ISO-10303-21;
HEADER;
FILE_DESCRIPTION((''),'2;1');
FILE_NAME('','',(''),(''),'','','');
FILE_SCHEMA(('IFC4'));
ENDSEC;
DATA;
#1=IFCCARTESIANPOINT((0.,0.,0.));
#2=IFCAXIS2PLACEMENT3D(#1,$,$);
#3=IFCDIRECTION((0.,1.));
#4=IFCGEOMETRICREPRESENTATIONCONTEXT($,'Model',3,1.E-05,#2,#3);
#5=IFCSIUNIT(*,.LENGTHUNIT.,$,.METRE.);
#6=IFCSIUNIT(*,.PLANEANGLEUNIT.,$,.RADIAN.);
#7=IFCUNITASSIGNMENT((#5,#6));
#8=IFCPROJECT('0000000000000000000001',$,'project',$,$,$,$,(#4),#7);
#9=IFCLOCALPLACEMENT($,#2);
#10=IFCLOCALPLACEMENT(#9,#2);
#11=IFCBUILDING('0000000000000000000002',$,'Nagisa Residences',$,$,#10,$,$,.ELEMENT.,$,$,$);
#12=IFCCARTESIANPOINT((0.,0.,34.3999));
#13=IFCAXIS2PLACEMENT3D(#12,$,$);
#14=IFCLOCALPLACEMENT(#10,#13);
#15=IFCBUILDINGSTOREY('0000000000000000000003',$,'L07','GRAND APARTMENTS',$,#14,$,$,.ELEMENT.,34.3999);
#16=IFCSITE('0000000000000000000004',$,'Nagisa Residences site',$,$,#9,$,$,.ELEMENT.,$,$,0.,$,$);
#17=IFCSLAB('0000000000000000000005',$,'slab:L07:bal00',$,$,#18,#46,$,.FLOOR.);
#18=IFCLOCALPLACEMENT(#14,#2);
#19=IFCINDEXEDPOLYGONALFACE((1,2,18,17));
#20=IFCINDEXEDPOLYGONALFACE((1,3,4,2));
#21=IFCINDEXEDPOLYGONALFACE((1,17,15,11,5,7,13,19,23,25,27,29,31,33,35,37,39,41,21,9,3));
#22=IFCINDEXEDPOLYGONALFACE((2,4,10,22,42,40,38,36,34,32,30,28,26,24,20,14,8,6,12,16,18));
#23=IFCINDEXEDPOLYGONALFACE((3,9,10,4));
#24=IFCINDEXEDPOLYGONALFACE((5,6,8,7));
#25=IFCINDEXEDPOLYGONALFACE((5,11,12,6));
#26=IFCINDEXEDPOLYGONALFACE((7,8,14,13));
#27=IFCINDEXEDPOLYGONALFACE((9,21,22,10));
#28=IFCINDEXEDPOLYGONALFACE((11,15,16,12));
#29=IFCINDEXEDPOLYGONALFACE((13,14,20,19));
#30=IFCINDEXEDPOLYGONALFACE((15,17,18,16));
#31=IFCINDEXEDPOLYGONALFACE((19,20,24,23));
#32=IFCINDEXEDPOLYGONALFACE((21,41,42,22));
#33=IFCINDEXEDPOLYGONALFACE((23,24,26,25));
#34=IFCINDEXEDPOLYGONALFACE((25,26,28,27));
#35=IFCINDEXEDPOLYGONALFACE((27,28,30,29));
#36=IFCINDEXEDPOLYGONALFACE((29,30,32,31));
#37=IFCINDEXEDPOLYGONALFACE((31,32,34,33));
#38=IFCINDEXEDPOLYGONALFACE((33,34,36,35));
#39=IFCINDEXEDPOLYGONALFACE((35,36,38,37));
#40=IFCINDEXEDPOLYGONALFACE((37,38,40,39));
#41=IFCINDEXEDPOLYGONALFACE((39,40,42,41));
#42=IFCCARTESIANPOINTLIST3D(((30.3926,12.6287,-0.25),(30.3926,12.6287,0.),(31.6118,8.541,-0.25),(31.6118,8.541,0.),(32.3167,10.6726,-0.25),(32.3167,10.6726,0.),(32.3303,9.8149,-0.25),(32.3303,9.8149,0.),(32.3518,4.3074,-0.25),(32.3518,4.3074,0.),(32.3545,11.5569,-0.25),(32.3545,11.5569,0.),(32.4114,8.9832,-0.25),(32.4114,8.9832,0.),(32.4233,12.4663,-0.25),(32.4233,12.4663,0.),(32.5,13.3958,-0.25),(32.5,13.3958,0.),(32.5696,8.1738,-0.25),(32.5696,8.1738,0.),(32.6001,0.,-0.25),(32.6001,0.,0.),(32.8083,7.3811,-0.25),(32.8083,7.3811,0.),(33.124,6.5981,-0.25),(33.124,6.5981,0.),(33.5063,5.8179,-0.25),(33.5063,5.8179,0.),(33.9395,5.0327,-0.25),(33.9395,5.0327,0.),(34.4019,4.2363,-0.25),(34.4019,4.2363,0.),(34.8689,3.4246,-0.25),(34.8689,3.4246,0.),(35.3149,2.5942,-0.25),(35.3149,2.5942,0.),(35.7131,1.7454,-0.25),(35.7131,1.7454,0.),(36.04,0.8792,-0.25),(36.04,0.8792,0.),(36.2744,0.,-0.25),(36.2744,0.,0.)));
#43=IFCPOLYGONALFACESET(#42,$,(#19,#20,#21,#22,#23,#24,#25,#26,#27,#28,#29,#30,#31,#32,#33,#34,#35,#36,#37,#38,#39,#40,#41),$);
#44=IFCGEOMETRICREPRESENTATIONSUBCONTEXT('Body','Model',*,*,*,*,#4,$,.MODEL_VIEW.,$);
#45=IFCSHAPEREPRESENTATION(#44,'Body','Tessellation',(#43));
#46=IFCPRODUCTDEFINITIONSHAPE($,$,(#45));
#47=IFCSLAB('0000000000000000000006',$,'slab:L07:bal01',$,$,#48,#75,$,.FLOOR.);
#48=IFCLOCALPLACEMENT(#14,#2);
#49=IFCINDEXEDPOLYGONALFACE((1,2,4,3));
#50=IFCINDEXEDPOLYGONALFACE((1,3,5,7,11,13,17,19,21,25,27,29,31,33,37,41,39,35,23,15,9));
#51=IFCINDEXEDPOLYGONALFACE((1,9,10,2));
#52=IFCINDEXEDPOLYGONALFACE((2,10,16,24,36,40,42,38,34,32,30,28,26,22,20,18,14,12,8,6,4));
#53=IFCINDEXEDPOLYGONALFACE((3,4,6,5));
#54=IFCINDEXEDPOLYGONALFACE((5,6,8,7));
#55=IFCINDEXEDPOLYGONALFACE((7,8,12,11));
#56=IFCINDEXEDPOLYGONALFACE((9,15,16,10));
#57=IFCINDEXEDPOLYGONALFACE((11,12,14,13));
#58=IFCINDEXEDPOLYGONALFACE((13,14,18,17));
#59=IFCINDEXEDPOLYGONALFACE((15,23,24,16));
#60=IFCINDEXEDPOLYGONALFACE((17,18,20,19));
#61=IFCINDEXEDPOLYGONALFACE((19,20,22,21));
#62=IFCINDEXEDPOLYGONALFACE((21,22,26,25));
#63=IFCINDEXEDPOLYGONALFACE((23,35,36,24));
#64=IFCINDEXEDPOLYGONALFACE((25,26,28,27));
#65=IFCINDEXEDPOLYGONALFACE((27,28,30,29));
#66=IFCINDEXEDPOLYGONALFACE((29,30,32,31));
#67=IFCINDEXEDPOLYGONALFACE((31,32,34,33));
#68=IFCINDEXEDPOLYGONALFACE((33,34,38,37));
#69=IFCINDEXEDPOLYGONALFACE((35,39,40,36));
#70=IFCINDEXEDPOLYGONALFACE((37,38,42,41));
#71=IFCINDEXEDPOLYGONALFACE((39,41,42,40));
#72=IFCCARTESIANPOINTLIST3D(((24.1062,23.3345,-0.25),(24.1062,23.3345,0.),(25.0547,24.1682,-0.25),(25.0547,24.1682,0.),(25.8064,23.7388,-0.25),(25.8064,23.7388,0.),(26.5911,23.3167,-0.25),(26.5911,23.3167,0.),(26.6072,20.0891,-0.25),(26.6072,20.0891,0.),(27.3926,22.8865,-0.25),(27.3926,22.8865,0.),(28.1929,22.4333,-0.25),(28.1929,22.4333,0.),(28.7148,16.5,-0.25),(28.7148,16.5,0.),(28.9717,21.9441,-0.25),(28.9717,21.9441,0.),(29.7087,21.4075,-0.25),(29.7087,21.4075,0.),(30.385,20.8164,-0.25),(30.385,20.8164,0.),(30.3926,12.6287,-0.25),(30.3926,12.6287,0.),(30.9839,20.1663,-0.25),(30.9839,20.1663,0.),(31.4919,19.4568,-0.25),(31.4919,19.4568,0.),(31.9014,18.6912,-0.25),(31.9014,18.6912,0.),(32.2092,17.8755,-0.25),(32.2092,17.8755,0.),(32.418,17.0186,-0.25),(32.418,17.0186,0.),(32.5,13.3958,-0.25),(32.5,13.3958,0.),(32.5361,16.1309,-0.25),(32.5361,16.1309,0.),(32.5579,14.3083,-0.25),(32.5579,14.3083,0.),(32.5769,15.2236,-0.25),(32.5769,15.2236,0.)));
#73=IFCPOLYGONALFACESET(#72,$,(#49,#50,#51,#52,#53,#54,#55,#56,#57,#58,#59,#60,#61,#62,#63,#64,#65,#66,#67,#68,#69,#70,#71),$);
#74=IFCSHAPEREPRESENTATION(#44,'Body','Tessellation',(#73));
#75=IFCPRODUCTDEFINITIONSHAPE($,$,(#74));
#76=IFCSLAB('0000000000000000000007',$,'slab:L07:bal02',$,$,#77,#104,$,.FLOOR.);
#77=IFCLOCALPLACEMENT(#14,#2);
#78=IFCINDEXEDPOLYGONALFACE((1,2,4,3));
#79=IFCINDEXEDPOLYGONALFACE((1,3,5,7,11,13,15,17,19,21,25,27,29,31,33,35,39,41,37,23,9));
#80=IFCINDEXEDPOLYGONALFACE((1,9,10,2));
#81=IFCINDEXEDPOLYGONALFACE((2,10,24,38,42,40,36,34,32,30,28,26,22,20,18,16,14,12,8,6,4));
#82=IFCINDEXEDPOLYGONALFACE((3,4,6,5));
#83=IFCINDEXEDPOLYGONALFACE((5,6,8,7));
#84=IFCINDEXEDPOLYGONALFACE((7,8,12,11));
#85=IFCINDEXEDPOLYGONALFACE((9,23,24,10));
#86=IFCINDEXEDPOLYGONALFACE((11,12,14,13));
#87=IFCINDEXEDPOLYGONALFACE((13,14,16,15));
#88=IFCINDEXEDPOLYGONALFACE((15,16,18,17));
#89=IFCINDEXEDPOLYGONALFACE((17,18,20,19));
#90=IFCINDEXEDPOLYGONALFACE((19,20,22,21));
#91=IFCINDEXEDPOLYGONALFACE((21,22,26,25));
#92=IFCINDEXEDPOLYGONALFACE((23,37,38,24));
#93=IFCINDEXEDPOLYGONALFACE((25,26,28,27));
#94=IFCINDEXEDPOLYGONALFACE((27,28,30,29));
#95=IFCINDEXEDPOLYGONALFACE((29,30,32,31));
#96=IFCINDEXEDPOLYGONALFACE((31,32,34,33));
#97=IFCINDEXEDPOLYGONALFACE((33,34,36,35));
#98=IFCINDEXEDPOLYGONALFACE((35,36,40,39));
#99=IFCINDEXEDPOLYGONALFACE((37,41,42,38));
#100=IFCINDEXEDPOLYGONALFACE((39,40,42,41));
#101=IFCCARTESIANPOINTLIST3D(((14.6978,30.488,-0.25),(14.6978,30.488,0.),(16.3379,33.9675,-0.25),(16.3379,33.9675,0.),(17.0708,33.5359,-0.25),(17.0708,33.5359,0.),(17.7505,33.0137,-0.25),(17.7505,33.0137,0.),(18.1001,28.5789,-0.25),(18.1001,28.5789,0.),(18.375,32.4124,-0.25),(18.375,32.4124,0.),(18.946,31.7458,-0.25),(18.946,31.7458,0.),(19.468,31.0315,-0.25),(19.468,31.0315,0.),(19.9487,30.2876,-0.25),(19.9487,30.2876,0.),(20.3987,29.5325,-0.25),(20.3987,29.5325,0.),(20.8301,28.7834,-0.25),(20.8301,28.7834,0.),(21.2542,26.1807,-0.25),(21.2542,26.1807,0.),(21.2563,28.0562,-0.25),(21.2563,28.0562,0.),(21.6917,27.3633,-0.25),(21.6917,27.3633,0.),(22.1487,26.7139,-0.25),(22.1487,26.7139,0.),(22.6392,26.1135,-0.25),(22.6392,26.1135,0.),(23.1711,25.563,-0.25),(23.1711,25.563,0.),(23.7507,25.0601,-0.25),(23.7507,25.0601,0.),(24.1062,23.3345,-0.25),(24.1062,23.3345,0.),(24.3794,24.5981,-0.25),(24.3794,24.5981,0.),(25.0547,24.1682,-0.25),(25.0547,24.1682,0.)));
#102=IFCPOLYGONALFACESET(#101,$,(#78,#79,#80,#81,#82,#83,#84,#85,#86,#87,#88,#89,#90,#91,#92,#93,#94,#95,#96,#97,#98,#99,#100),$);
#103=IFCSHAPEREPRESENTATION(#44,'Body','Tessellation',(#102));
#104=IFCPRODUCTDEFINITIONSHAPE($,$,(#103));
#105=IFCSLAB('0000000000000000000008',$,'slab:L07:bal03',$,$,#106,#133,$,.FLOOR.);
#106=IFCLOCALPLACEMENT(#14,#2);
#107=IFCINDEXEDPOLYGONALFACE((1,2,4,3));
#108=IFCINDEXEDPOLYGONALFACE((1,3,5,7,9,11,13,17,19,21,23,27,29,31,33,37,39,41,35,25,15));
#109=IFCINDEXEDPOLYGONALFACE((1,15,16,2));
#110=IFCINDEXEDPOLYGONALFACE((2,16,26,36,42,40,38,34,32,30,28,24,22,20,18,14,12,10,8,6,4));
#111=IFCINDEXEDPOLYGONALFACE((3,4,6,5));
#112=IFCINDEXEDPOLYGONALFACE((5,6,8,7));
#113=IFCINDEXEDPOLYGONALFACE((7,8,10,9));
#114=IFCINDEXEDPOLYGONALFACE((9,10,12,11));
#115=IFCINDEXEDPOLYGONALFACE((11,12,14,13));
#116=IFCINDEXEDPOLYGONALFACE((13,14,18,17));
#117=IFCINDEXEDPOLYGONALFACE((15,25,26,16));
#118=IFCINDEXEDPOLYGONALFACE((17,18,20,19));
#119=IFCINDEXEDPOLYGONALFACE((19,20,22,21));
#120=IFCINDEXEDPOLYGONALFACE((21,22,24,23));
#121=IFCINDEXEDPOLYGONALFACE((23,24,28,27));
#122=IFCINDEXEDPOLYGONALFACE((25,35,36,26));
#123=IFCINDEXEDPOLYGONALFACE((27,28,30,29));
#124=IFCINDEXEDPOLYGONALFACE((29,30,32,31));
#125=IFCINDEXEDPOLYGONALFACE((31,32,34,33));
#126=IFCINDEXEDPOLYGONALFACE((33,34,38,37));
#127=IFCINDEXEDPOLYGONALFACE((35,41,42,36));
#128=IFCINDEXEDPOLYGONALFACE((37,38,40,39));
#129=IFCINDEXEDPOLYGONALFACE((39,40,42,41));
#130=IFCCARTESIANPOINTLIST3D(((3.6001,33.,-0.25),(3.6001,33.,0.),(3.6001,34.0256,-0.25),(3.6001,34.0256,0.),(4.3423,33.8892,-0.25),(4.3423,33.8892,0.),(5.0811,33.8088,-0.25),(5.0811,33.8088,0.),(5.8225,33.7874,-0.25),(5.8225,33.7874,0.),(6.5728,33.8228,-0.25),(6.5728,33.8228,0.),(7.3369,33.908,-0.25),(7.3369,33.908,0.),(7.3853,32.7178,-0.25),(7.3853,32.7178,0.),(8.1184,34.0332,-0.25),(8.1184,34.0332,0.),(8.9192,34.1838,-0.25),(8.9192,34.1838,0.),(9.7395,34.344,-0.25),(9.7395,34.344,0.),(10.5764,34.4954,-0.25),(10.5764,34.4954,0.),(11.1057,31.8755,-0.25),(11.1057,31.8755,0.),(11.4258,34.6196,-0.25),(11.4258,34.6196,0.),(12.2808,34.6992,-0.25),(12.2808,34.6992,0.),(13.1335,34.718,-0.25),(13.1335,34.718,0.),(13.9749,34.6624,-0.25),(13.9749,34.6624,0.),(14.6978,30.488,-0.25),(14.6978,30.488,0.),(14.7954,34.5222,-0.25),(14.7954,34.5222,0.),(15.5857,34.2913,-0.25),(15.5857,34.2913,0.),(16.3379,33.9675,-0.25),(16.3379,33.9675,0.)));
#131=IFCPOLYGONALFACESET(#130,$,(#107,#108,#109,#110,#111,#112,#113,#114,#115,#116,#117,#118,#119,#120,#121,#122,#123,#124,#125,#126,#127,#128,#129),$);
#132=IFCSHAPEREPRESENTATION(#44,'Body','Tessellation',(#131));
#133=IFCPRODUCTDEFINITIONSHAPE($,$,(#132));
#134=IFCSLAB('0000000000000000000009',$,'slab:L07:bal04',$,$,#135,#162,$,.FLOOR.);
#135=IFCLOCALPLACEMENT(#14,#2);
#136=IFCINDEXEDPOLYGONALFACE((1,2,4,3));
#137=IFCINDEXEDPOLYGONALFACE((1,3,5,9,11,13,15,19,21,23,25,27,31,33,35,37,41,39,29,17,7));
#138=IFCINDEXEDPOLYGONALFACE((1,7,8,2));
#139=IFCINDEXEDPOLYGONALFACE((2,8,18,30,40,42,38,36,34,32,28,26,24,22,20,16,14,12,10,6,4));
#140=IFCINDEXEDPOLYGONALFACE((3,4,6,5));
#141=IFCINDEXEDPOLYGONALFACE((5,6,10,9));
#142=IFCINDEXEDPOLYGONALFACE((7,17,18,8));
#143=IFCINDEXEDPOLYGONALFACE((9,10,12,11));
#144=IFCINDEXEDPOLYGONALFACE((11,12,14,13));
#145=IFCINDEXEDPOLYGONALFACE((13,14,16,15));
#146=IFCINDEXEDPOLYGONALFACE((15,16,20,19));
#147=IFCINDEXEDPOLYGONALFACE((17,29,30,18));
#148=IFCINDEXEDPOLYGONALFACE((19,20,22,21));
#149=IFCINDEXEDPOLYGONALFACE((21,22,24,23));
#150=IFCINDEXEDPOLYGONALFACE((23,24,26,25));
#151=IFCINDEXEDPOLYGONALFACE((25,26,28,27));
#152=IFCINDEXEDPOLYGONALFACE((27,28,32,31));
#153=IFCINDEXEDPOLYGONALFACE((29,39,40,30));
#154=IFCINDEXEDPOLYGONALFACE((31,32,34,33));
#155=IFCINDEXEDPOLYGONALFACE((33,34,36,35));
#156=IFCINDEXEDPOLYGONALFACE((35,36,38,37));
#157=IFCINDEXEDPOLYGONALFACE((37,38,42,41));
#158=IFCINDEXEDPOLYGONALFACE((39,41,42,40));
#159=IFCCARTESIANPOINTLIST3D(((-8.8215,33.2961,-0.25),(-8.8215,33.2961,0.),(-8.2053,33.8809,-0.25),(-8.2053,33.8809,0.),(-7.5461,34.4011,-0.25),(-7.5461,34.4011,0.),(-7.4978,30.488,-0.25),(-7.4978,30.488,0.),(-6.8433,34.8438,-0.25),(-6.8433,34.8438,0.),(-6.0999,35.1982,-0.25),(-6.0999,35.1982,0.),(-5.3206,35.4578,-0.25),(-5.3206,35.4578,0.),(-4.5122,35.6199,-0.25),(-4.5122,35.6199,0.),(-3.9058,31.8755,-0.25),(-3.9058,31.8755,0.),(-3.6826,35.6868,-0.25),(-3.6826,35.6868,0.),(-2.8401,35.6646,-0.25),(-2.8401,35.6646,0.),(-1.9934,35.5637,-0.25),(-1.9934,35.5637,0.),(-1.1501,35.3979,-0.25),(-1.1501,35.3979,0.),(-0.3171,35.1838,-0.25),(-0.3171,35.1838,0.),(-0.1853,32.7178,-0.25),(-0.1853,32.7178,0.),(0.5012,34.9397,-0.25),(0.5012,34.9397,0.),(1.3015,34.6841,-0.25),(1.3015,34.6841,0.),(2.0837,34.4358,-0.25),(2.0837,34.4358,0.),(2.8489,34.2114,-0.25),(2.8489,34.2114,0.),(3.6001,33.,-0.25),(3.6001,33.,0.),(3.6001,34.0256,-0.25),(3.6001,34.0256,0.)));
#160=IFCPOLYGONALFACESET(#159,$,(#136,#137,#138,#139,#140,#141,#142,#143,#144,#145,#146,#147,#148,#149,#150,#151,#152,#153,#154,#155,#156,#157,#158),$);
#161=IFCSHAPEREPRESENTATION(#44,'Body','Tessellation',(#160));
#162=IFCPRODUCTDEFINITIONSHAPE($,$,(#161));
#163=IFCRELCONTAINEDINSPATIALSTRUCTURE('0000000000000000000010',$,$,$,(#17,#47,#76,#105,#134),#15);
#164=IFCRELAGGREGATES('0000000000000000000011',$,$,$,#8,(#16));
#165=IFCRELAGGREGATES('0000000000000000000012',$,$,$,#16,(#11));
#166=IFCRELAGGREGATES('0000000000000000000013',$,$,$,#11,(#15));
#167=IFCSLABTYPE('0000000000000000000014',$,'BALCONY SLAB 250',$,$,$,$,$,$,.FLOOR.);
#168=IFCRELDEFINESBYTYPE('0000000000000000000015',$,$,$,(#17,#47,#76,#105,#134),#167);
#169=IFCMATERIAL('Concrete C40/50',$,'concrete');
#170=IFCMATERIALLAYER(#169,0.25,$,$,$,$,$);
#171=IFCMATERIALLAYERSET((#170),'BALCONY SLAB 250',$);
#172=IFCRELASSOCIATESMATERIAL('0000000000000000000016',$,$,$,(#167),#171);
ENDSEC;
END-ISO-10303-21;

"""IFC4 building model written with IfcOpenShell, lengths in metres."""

from ifc_helpers import new_model, si_unit, direction, frame, origin, place, context, subcontext, project, spatial, polyline, outline, extrude, material, layer, layer_set, type_object, element, save


model = new_model("IFC4")

# Units and contexts
model_context = context("Model", 3, precision=1e-05, world=origin(), true_north=direction((0.0, 1.0)))
body_context = subcontext(model_context, "Body", "Model", "MODEL_VIEW")
ifc_project = project(units=[si_unit("LENGTHUNIT", "METRE"), si_unit("PLANEANGLEUNIT", "RADIAN")], contexts=[model_context])

# Site, building, storey
site_placement = place(None, origin())
site = spatial("IfcSite", under=ifc_project, at=site_placement, Name="Nagisa Residences site", CompositionType="ELEMENT", RefElevation=0.0)
building_placement = place(site_placement, origin())
building = spatial("IfcBuilding", under=site, at=building_placement, Name="Nagisa Residences", CompositionType="ELEMENT")
storey_placement = place(building_placement, frame((0.0, 0.0, 34.3999)))
storey = spatial("IfcBuildingStorey", under=building, at=storey_placement, Name="L07", Description="GRAND APARTMENTS", CompositionType="ELEMENT", Elevation=34.3999)

# Slabs
ifc_material_1 = material(Name="Concrete C40/50", Category="concrete")
ifc_layer_1 = layer(ifc_material_1, 0.25)
ifc_layer_set_1 = layer_set([ifc_layer_1], Name="BALCONY SLAB 250")
slab_type_1 = type_object("IfcSlabType", Name="BALCONY SLAB 250", PredefinedType="FLOOR", material=ifc_layer_set_1)
slab_1_placement = place(storey_placement, frame((0.0, 0.0, -0.25)))
element("IfcSlab", 1, at=slab_1_placement, inside=storey, type_object=slab_type_1, Name="slab:L07:bal00", PredefinedType="FLOOR", context=body_context, shape_type="SweptSolid", body=[
    extrude(outline(polyline([(36.2744, 0.0), (36.04, 0.8792), (35.7131, 1.7454), (35.3149, 2.5942), (34.8689, 3.4246), (34.4019, 4.2363), (33.9395, 5.0327), (33.5063, 5.8179), (33.124, 6.5981), (32.8083, 7.3811), (32.5696, 8.1738), (32.4114, 8.9832), (32.3303, 9.8149), (32.3167, 10.6726), (32.3545, 11.5569), (32.4233, 12.4663), (32.5, 13.3958), (30.3926, 12.6287), (31.6118, 8.541), (32.3518, 4.3074), (32.6001, 0.0), (36.2744, 0.0)])), origin(), (0.0, 0.0, 1.0), 0.25),
])
slab_2_placement = place(storey_placement, frame((0.0, 0.0, -0.25)))
element("IfcSlab", 2, at=slab_2_placement, inside=storey, type_object=slab_type_1, Name="slab:L07:bal01", PredefinedType="FLOOR", context=body_context, shape_type="SweptSolid", body=[
    extrude(outline(polyline([(32.5, 13.3958), (32.5579, 14.3083), (32.5769, 15.2236), (32.5361, 16.1309), (32.418, 17.0186), (32.2092, 17.8755), (31.9014, 18.6912), (31.4919, 19.4568), (30.9839, 20.1663), (30.385, 20.8164), (29.7087, 21.4075), (28.9717, 21.9441), (28.1929, 22.4333), (27.3926, 22.8865), (26.5911, 23.3167), (25.8064, 23.7388), (25.0547, 24.1682), (24.1062, 23.3345), (26.6072, 20.0891), (28.7148, 16.5), (30.3926, 12.6287), (32.5, 13.3958)])), origin(), (0.0, 0.0, 1.0), 0.25),
])
slab_3_placement = place(storey_placement, frame((0.0, 0.0, -0.25)))
element("IfcSlab", 3, at=slab_3_placement, inside=storey, type_object=slab_type_1, Name="slab:L07:bal02", PredefinedType="FLOOR", context=body_context, shape_type="SweptSolid", body=[
    extrude(outline(polyline([(25.0547, 24.1682), (24.3794, 24.5981), (23.7507, 25.0601), (23.1711, 25.563), (22.6392, 26.1135), (22.1487, 26.7139), (21.6917, 27.3633), (21.2563, 28.0562), (20.8301, 28.7834), (20.3987, 29.5325), (19.9487, 30.2876), (19.468, 31.0315), (18.946, 31.7458), (18.375, 32.4124), (17.7505, 33.0137), (17.0708, 33.5359), (16.3379, 33.9675), (14.6978, 30.488), (18.1001, 28.5789), (21.2542, 26.1807), (24.1062, 23.3345), (25.0547, 24.1682)])), origin(), (0.0, 0.0, 1.0), 0.25),
])
slab_4_placement = place(storey_placement, frame((0.0, 0.0, -0.25)))
element("IfcSlab", 4, at=slab_4_placement, inside=storey, type_object=slab_type_1, Name="slab:L07:bal03", PredefinedType="FLOOR", context=body_context, shape_type="SweptSolid", body=[
    extrude(outline(polyline([(16.3379, 33.9675), (15.5857, 34.2913), (14.7954, 34.5222), (13.9749, 34.6624), (13.1335, 34.718), (12.2808, 34.6992), (11.4258, 34.6196), (10.5764, 34.4954), (9.7395, 34.344), (8.9192, 34.1838), (8.1184, 34.0332), (7.3369, 33.908), (6.5728, 33.8228), (5.8225, 33.7874), (5.0811, 33.8088), (4.3423, 33.8892), (3.6001, 34.0256), (3.6001, 33.0), (7.3853, 32.7178), (11.1057, 31.8755), (14.6978, 30.488), (16.3379, 33.9675)])), origin(), (0.0, 0.0, 1.0), 0.25),
])
slab_5_placement = place(storey_placement, frame((0.0, 0.0, -0.25)))
element("IfcSlab", 5, at=slab_5_placement, inside=storey, type_object=slab_type_1, Name="slab:L07:bal04", PredefinedType="FLOOR", context=body_context, shape_type="SweptSolid", body=[
    extrude(outline(polyline([(3.6001, 34.0256), (2.8489, 34.2114), (2.0837, 34.4358), (1.3015, 34.6841), (0.5012, 34.9397), (-0.3171, 35.1838), (-1.1501, 35.3979), (-1.9934, 35.5637), (-2.8401, 35.6646), (-3.6826, 35.6868), (-4.5122, 35.6199), (-5.3206, 35.4578), (-6.0999, 35.1982), (-6.8433, 34.8438), (-7.5461, 34.4011), (-8.2053, 33.8809), (-8.8215, 33.2961), (-7.4978, 30.488), (-3.9058, 31.8755), (-0.1853, 32.7178), (3.6001, 33.0), (3.6001, 34.0256)])), origin(), (0.0, 0.0, 1.0), 0.25),
])

save(model, "model.ifc")
